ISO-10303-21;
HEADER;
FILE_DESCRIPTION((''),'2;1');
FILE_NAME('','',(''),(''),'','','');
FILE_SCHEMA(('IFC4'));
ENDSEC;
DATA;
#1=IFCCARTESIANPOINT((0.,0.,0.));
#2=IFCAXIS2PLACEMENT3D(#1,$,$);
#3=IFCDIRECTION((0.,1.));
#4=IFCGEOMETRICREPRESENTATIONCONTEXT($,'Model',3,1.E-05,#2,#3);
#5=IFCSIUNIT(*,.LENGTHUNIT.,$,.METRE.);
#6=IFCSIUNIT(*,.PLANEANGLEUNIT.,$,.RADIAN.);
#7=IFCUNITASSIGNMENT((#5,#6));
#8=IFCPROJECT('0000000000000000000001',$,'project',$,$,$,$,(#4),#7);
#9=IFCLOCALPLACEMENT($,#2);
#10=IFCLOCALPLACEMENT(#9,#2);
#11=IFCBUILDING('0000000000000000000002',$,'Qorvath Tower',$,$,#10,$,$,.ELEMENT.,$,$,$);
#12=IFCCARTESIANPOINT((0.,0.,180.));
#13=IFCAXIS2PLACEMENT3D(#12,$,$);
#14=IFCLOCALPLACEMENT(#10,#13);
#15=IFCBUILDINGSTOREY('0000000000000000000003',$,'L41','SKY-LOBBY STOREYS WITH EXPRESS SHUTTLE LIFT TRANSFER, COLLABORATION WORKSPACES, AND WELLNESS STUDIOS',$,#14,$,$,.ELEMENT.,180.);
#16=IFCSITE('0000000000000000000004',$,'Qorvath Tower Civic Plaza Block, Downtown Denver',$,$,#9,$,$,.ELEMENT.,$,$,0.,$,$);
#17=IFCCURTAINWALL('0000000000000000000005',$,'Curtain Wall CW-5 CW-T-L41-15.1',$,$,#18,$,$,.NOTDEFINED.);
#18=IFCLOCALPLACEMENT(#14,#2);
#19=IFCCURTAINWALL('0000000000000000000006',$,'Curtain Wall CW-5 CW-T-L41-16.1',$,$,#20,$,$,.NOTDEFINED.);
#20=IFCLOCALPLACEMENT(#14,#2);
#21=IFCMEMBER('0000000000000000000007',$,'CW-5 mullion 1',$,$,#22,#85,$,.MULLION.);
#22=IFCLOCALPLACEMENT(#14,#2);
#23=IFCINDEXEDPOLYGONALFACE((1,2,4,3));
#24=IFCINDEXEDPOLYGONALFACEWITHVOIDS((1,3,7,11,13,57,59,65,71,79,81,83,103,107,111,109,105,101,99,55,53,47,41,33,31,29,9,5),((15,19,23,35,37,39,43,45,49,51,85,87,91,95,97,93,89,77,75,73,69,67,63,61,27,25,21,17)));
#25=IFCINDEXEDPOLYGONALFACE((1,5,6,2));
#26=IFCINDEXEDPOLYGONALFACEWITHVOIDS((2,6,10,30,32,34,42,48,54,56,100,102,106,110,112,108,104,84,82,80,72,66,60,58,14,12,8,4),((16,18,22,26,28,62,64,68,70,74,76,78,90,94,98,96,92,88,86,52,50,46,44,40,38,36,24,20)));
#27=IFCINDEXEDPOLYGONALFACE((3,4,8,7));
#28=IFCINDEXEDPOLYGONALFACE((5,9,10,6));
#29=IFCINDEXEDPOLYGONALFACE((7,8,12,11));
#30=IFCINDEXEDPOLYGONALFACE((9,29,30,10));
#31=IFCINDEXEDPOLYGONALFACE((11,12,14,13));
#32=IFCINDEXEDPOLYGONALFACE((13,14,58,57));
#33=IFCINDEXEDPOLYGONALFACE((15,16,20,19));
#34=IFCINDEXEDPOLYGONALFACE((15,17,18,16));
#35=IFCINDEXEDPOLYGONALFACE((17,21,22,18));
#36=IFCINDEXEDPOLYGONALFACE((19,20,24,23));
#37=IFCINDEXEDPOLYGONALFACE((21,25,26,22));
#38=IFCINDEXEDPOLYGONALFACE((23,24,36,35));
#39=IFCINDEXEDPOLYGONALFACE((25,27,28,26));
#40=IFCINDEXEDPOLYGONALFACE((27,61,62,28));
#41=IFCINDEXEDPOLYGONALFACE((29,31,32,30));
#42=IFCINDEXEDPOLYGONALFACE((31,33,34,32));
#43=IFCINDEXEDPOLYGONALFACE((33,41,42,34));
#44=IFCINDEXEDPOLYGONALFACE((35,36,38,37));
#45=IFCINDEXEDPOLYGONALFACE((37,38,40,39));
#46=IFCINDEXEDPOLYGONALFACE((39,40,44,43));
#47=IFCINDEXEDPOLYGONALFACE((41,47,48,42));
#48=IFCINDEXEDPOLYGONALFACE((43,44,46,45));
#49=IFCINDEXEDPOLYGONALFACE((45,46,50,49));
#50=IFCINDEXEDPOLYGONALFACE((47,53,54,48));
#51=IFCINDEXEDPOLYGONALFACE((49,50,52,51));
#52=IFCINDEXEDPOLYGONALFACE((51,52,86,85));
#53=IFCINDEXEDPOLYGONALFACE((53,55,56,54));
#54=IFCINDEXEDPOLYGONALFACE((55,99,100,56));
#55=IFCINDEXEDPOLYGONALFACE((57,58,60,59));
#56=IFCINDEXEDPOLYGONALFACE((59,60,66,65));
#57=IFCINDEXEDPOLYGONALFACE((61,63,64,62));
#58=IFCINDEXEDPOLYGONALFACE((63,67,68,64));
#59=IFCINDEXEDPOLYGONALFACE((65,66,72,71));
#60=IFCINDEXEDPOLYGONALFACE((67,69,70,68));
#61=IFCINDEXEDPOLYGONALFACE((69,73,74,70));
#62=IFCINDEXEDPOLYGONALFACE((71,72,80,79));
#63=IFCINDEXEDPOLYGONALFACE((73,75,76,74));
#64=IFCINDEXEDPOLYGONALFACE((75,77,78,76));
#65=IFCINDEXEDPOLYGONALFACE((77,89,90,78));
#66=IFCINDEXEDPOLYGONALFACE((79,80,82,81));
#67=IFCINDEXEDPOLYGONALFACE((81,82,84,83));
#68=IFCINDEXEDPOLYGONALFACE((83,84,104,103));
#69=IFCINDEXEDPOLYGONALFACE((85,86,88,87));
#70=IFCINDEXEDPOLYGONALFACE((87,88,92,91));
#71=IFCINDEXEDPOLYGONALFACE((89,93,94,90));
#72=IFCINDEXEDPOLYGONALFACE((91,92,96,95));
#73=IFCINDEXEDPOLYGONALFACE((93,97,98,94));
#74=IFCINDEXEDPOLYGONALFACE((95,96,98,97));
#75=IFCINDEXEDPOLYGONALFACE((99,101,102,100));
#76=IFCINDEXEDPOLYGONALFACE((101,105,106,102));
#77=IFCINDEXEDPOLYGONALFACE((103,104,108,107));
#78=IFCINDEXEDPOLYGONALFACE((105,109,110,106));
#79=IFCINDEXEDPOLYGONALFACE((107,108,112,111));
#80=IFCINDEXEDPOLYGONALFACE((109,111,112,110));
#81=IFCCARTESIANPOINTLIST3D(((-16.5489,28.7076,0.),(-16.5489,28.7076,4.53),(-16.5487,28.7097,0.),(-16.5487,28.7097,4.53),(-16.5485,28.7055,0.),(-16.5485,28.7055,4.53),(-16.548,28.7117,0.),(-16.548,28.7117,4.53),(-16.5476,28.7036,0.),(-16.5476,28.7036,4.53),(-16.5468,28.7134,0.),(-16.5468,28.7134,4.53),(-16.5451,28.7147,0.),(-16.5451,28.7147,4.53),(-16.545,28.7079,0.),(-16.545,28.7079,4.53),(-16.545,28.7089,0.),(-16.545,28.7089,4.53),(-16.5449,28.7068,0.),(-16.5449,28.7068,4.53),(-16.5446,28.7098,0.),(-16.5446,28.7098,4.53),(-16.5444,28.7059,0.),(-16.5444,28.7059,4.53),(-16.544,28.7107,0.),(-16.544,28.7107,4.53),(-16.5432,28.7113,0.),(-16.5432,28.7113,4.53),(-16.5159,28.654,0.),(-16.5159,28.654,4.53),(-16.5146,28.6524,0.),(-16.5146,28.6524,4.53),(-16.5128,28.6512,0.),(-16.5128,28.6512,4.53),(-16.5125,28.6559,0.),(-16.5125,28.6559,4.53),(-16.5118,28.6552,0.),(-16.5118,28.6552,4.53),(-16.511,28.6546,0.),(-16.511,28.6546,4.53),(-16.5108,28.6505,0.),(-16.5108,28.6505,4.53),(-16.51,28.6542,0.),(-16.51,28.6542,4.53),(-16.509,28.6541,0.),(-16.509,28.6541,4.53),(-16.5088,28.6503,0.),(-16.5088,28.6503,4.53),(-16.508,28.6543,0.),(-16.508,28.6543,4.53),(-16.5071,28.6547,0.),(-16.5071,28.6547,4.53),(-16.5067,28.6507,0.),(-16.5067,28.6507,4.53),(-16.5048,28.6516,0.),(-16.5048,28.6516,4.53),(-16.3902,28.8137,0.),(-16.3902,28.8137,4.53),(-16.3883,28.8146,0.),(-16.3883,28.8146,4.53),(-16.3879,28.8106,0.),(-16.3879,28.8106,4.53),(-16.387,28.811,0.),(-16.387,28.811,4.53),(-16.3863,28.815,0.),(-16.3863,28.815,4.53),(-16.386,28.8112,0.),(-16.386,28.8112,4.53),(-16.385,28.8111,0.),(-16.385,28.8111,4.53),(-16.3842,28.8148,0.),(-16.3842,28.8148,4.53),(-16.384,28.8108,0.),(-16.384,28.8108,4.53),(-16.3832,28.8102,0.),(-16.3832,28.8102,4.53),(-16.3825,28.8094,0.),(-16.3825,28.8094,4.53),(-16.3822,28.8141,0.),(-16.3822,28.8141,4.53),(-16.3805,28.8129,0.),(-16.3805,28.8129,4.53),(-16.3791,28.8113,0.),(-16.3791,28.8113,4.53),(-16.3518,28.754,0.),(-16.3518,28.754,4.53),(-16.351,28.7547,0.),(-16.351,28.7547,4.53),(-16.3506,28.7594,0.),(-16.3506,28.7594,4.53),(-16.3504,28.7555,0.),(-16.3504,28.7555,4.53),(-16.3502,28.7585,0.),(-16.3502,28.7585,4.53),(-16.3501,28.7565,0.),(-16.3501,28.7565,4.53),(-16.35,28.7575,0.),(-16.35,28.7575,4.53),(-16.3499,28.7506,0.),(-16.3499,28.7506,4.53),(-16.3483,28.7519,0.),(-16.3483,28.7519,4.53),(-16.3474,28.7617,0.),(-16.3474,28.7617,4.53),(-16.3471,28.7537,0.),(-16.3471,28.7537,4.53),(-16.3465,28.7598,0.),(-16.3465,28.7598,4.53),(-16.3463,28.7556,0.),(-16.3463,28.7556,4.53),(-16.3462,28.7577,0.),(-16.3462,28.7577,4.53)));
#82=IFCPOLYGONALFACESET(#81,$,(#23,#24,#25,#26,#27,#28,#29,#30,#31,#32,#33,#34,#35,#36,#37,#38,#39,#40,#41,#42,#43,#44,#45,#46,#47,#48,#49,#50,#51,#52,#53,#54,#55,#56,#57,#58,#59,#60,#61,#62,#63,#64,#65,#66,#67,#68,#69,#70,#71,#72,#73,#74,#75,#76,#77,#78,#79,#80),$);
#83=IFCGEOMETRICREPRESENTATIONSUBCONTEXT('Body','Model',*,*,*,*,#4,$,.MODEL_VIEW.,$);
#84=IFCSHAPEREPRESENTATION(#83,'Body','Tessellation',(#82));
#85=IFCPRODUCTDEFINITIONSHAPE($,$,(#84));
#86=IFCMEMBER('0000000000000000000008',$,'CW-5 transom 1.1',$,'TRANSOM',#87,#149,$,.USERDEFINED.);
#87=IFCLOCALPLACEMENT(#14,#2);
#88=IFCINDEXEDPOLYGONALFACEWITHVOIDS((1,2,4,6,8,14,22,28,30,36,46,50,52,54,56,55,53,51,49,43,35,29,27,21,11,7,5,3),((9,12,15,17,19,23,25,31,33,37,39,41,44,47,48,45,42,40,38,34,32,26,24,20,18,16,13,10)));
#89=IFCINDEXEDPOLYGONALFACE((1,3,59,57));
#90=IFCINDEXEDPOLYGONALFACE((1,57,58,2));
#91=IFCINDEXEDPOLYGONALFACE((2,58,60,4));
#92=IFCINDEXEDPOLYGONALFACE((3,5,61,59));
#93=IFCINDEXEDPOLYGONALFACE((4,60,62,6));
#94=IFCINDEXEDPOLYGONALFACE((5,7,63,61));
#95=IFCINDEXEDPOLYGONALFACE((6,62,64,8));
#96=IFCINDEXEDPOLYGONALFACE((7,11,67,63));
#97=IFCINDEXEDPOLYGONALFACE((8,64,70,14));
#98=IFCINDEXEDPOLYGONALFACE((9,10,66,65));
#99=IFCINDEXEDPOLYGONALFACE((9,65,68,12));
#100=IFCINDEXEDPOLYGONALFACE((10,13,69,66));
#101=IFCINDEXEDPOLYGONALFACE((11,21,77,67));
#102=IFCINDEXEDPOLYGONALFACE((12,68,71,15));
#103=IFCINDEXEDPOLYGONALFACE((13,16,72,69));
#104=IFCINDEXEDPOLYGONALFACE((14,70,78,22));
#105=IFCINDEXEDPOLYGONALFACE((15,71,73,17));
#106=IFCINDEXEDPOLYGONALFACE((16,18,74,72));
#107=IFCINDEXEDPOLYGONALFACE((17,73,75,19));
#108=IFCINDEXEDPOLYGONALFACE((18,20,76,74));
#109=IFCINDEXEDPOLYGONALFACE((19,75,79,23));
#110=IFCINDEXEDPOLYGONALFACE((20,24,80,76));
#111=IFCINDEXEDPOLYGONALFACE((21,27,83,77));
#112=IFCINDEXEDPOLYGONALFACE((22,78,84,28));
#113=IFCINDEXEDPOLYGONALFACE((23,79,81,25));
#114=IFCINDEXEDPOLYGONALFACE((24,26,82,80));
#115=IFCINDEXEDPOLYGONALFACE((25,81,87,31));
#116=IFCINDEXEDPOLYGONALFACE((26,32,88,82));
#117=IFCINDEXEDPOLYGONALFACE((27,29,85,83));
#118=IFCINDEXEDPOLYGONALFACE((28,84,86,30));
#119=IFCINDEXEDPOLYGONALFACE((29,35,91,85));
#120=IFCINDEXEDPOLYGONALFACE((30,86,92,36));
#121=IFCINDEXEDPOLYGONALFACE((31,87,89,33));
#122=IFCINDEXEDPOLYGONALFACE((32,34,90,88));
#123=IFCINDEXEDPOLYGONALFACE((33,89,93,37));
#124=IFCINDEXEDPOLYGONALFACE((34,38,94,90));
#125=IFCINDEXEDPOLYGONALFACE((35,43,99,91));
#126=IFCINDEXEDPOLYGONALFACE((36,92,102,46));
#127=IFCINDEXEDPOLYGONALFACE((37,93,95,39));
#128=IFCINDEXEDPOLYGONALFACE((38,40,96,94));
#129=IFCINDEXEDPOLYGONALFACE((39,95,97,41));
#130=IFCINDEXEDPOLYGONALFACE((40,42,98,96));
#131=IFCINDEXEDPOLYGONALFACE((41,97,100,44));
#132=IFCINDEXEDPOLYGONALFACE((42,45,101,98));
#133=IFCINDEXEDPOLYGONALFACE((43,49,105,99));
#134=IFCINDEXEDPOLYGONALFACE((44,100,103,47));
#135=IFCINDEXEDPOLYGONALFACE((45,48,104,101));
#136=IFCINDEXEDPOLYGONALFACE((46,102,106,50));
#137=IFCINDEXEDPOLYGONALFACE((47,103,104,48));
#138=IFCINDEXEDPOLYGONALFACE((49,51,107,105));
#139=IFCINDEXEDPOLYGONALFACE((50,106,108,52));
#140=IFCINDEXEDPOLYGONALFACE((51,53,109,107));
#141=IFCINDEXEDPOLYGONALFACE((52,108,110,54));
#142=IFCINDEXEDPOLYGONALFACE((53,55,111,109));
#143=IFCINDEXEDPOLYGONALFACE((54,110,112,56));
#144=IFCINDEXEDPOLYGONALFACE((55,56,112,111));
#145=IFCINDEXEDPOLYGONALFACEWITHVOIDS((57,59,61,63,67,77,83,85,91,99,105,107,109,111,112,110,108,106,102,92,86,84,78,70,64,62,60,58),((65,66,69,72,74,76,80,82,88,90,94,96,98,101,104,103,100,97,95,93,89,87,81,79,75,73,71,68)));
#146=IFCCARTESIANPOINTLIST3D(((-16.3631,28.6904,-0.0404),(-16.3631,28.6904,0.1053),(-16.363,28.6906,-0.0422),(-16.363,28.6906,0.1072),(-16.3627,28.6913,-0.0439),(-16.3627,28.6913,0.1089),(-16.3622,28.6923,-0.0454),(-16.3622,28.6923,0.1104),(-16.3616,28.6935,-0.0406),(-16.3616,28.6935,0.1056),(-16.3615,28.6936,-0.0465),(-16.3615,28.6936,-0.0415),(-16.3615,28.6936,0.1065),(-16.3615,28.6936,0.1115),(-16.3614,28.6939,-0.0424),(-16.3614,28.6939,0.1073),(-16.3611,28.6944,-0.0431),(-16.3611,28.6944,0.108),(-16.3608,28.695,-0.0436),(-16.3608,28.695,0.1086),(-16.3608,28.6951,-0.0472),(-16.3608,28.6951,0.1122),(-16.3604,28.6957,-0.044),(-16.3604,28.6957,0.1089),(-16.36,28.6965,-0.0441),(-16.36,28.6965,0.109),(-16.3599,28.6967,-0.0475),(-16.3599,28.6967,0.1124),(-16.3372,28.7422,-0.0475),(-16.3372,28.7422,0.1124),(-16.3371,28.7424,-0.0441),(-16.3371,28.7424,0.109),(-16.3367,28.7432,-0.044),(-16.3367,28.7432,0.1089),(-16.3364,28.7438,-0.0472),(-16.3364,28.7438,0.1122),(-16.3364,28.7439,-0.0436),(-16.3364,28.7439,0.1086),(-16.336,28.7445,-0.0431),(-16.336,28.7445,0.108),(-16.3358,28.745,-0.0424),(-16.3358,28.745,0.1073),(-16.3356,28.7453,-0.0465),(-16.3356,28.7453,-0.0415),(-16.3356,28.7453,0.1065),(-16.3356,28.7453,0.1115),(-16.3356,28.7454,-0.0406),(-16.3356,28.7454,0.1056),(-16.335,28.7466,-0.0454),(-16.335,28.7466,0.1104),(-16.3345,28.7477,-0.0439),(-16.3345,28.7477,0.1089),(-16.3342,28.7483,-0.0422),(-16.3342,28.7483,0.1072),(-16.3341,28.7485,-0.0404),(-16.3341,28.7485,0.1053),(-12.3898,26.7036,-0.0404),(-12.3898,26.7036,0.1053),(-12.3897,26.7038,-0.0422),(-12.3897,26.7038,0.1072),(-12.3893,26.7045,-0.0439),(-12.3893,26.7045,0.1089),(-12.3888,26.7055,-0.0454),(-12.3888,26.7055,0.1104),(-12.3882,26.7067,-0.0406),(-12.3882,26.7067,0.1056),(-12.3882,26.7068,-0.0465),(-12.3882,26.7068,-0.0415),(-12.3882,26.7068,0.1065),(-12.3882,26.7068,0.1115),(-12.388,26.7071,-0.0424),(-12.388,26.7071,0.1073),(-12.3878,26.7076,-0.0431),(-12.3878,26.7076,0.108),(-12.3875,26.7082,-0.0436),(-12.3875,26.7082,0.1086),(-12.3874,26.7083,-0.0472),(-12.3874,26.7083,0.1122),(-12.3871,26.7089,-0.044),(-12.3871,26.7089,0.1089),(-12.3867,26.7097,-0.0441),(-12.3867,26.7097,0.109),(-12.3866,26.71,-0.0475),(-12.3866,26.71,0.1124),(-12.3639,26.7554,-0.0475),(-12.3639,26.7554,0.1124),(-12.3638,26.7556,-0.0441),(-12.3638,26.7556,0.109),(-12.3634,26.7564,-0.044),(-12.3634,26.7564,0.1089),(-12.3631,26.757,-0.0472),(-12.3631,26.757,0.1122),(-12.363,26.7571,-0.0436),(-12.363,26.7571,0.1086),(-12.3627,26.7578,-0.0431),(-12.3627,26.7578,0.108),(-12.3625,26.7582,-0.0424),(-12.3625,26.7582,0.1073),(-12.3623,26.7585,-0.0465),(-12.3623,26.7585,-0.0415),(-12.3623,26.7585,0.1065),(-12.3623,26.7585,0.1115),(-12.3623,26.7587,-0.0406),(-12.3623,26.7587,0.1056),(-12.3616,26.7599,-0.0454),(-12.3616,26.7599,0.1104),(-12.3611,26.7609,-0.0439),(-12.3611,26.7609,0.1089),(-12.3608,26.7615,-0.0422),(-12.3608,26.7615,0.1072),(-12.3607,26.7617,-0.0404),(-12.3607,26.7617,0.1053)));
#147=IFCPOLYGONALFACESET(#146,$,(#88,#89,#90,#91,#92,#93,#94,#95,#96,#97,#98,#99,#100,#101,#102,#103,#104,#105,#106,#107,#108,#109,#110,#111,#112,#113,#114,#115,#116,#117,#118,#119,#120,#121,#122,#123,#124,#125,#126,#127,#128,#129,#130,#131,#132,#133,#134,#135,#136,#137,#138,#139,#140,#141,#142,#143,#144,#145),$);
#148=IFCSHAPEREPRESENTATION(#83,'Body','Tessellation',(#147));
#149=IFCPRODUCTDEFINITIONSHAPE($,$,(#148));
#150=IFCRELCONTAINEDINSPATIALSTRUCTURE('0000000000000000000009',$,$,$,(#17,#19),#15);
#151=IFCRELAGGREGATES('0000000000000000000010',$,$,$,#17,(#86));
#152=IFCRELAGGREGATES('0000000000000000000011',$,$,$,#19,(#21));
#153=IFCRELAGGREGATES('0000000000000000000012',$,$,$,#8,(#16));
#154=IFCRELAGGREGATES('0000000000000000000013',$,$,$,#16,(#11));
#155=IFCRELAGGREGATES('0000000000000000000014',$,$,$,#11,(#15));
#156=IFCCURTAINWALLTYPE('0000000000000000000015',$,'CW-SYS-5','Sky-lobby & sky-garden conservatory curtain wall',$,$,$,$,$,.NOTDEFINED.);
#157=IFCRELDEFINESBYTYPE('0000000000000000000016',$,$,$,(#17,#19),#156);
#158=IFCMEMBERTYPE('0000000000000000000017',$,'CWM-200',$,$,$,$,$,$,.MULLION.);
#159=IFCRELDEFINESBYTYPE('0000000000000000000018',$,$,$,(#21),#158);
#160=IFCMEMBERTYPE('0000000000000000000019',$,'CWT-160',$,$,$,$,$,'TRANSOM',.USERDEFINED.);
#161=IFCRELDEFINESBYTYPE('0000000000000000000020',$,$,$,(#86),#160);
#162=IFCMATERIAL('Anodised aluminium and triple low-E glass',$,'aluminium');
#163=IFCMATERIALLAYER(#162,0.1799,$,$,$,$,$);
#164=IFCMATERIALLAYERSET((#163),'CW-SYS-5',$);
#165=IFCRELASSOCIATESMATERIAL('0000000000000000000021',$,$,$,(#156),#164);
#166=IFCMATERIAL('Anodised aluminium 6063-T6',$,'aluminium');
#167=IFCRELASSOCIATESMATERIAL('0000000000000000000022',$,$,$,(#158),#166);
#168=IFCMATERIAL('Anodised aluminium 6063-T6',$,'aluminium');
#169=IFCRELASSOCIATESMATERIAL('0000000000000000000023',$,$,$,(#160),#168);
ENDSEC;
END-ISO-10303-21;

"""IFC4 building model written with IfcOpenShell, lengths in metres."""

from ifc_helpers import new_model, si_unit, direction, frame, origin, origin_2d, place, context, subcontext, project, spatial, hollow_rectangle, extrude, material, layer, layer_set, material_profile, profile_set, type_object, element, aggregate, save


model = new_model("IFC4")

# Units and contexts
model_context = context("Model", 3, precision=1e-05, world=origin(), true_north=direction((0.0, 1.0)))
body_context = subcontext(model_context, "Body", "Model", "MODEL_VIEW")
ifc_project = project(units=[si_unit("LENGTHUNIT", "METRE"), si_unit("PLANEANGLEUNIT", "RADIAN")], contexts=[model_context])

# Site, building, storey
site_placement = place(None, origin())
site = spatial("IfcSite", under=ifc_project, at=site_placement, Name="Qorvath Tower Civic Plaza Block, Downtown Denver", CompositionType="ELEMENT", RefElevation=0.0)
building_placement = place(site_placement, origin())
building = spatial("IfcBuilding", under=site, at=building_placement, Name="Qorvath Tower", CompositionType="ELEMENT")
storey_placement = place(building_placement, frame((0.0, 0.0, 180.0)))
storey = spatial("IfcBuildingStorey", under=building, at=storey_placement, Name="L41", Description="SKY-LOBBY STOREYS WITH EXPRESS SHUTTLE LIFT TRANSFER, COLLABORATION WORKSPACES, AND WELLNESS STUDIOS", CompositionType="ELEMENT", Elevation=180.0)

# Shared definitions
ifc_material_1 = material(Name="Anodised aluminium and triple low-E glass", Category="aluminium")
ifc_layer_1 = layer(ifc_material_1, 0.1799)
ifc_layer_set_1 = layer_set([ifc_layer_1], Name="CW-SYS-5")
curtain_wall_type = type_object("IfcCurtainWallType", Name="CW-SYS-5", Description="Sky-lobby & sky-garden conservatory curtain wall", PredefinedType="NOTDEFINED", material=ifc_layer_set_1)
ifc_material_2 = material(Name="Anodised aluminium 6063-T6", Category="aluminium")
ifc_material_profile_1 = material_profile(ifc_material_2, hollow_rectangle(XDim=0.075, YDim=0.2, WallThickness=0.0039, InnerFilletRadius=0.0039, OuterFilletRadius=0.0081, at=origin_2d()), Name="CWM 200x75")
ifc_profile_set_1 = profile_set([ifc_material_profile_1], Name="Anodised aluminium 6063-T6")
member_type_1 = type_object("IfcMemberType", Name="CWM-200", PredefinedType="MULLION", material=ifc_profile_set_1)

# Curtain wall
curtain_wall_1_placement = place(storey_placement, origin())
curtain_wall_1 = element("IfcCurtainWall", 1, at=curtain_wall_1_placement, inside=storey, type_object=curtain_wall_type, Name="Curtain Wall CW-5 CW-T-L41-15.1", PredefinedType="NOTDEFINED")

# Curtain wall, member
curtain_wall_2_placement = place(storey_placement, origin())
curtain_wall_2 = element("IfcCurtainWall", 2, at=curtain_wall_2_placement, inside=storey, type_object=curtain_wall_type, Name="Curtain Wall CW-5 CW-T-L41-16.1", PredefinedType="NOTDEFINED")
member_1_placement = place(storey_placement, frame((-16.4475, 28.7327, 0.0), z_axis=(0.0, 0.0, 1.0), x_axis=(0.538544, -0.842597, 0.0)))
member_1 = element("IfcMember", 3, at=member_1_placement, type_object=member_type_1, Name="CW-5 mullion 1", PredefinedType="MULLION", context=body_context, shape_type="SweptSolid", body=[
    extrude(hollow_rectangle(XDim=0.075, YDim=0.2, WallThickness=0.0039, InnerFilletRadius=0.0039, OuterFilletRadius=0.0081, at=origin_2d()), origin(), (0.0, 0.0, 1.0), 4.53),
])

# Member
ifc_material_3 = material(Name="Anodised aluminium 6063-T6", Category="aluminium")
ifc_material_profile_2 = material_profile(ifc_material_3, hollow_rectangle(XDim=0.0649, YDim=0.1599, WallThickness=0.0034, InnerFilletRadius=0.0034, OuterFilletRadius=0.0071, at=origin_2d()), Name="CWT 160x65")
ifc_profile_set_2 = profile_set([ifc_material_profile_2], Name="Anodised aluminium 6063-T6")
member_type_2 = type_object("IfcMemberType", Name="CWT-160", ElementType="TRANSOM", PredefinedType="USERDEFINED", material=ifc_profile_set_2)
member_2_placement = place(storey_placement, frame((-12.3752, 26.7327, 0.0325), z_axis=(-0.894416, 0.447236, 0.0), x_axis=(-0.447236, -0.894416, 0.0)))
member_2 = element("IfcMember", 4, at=member_2_placement, type_object=member_type_2, Name="CW-5 transom 1.1", ObjectType="TRANSOM", PredefinedType="USERDEFINED", context=body_context, shape_type="SweptSolid", body=[
    extrude(hollow_rectangle(XDim=0.0649, YDim=0.1599, WallThickness=0.0034, InnerFilletRadius=0.0034, OuterFilletRadius=0.0071, at=origin_2d()), origin(), (0.0, 0.0, 1.0), 4.4424),
])

aggregate(curtain_wall_1, [member_2])
aggregate(curtain_wall_2, [member_1])

save(model, "model.ifc")
